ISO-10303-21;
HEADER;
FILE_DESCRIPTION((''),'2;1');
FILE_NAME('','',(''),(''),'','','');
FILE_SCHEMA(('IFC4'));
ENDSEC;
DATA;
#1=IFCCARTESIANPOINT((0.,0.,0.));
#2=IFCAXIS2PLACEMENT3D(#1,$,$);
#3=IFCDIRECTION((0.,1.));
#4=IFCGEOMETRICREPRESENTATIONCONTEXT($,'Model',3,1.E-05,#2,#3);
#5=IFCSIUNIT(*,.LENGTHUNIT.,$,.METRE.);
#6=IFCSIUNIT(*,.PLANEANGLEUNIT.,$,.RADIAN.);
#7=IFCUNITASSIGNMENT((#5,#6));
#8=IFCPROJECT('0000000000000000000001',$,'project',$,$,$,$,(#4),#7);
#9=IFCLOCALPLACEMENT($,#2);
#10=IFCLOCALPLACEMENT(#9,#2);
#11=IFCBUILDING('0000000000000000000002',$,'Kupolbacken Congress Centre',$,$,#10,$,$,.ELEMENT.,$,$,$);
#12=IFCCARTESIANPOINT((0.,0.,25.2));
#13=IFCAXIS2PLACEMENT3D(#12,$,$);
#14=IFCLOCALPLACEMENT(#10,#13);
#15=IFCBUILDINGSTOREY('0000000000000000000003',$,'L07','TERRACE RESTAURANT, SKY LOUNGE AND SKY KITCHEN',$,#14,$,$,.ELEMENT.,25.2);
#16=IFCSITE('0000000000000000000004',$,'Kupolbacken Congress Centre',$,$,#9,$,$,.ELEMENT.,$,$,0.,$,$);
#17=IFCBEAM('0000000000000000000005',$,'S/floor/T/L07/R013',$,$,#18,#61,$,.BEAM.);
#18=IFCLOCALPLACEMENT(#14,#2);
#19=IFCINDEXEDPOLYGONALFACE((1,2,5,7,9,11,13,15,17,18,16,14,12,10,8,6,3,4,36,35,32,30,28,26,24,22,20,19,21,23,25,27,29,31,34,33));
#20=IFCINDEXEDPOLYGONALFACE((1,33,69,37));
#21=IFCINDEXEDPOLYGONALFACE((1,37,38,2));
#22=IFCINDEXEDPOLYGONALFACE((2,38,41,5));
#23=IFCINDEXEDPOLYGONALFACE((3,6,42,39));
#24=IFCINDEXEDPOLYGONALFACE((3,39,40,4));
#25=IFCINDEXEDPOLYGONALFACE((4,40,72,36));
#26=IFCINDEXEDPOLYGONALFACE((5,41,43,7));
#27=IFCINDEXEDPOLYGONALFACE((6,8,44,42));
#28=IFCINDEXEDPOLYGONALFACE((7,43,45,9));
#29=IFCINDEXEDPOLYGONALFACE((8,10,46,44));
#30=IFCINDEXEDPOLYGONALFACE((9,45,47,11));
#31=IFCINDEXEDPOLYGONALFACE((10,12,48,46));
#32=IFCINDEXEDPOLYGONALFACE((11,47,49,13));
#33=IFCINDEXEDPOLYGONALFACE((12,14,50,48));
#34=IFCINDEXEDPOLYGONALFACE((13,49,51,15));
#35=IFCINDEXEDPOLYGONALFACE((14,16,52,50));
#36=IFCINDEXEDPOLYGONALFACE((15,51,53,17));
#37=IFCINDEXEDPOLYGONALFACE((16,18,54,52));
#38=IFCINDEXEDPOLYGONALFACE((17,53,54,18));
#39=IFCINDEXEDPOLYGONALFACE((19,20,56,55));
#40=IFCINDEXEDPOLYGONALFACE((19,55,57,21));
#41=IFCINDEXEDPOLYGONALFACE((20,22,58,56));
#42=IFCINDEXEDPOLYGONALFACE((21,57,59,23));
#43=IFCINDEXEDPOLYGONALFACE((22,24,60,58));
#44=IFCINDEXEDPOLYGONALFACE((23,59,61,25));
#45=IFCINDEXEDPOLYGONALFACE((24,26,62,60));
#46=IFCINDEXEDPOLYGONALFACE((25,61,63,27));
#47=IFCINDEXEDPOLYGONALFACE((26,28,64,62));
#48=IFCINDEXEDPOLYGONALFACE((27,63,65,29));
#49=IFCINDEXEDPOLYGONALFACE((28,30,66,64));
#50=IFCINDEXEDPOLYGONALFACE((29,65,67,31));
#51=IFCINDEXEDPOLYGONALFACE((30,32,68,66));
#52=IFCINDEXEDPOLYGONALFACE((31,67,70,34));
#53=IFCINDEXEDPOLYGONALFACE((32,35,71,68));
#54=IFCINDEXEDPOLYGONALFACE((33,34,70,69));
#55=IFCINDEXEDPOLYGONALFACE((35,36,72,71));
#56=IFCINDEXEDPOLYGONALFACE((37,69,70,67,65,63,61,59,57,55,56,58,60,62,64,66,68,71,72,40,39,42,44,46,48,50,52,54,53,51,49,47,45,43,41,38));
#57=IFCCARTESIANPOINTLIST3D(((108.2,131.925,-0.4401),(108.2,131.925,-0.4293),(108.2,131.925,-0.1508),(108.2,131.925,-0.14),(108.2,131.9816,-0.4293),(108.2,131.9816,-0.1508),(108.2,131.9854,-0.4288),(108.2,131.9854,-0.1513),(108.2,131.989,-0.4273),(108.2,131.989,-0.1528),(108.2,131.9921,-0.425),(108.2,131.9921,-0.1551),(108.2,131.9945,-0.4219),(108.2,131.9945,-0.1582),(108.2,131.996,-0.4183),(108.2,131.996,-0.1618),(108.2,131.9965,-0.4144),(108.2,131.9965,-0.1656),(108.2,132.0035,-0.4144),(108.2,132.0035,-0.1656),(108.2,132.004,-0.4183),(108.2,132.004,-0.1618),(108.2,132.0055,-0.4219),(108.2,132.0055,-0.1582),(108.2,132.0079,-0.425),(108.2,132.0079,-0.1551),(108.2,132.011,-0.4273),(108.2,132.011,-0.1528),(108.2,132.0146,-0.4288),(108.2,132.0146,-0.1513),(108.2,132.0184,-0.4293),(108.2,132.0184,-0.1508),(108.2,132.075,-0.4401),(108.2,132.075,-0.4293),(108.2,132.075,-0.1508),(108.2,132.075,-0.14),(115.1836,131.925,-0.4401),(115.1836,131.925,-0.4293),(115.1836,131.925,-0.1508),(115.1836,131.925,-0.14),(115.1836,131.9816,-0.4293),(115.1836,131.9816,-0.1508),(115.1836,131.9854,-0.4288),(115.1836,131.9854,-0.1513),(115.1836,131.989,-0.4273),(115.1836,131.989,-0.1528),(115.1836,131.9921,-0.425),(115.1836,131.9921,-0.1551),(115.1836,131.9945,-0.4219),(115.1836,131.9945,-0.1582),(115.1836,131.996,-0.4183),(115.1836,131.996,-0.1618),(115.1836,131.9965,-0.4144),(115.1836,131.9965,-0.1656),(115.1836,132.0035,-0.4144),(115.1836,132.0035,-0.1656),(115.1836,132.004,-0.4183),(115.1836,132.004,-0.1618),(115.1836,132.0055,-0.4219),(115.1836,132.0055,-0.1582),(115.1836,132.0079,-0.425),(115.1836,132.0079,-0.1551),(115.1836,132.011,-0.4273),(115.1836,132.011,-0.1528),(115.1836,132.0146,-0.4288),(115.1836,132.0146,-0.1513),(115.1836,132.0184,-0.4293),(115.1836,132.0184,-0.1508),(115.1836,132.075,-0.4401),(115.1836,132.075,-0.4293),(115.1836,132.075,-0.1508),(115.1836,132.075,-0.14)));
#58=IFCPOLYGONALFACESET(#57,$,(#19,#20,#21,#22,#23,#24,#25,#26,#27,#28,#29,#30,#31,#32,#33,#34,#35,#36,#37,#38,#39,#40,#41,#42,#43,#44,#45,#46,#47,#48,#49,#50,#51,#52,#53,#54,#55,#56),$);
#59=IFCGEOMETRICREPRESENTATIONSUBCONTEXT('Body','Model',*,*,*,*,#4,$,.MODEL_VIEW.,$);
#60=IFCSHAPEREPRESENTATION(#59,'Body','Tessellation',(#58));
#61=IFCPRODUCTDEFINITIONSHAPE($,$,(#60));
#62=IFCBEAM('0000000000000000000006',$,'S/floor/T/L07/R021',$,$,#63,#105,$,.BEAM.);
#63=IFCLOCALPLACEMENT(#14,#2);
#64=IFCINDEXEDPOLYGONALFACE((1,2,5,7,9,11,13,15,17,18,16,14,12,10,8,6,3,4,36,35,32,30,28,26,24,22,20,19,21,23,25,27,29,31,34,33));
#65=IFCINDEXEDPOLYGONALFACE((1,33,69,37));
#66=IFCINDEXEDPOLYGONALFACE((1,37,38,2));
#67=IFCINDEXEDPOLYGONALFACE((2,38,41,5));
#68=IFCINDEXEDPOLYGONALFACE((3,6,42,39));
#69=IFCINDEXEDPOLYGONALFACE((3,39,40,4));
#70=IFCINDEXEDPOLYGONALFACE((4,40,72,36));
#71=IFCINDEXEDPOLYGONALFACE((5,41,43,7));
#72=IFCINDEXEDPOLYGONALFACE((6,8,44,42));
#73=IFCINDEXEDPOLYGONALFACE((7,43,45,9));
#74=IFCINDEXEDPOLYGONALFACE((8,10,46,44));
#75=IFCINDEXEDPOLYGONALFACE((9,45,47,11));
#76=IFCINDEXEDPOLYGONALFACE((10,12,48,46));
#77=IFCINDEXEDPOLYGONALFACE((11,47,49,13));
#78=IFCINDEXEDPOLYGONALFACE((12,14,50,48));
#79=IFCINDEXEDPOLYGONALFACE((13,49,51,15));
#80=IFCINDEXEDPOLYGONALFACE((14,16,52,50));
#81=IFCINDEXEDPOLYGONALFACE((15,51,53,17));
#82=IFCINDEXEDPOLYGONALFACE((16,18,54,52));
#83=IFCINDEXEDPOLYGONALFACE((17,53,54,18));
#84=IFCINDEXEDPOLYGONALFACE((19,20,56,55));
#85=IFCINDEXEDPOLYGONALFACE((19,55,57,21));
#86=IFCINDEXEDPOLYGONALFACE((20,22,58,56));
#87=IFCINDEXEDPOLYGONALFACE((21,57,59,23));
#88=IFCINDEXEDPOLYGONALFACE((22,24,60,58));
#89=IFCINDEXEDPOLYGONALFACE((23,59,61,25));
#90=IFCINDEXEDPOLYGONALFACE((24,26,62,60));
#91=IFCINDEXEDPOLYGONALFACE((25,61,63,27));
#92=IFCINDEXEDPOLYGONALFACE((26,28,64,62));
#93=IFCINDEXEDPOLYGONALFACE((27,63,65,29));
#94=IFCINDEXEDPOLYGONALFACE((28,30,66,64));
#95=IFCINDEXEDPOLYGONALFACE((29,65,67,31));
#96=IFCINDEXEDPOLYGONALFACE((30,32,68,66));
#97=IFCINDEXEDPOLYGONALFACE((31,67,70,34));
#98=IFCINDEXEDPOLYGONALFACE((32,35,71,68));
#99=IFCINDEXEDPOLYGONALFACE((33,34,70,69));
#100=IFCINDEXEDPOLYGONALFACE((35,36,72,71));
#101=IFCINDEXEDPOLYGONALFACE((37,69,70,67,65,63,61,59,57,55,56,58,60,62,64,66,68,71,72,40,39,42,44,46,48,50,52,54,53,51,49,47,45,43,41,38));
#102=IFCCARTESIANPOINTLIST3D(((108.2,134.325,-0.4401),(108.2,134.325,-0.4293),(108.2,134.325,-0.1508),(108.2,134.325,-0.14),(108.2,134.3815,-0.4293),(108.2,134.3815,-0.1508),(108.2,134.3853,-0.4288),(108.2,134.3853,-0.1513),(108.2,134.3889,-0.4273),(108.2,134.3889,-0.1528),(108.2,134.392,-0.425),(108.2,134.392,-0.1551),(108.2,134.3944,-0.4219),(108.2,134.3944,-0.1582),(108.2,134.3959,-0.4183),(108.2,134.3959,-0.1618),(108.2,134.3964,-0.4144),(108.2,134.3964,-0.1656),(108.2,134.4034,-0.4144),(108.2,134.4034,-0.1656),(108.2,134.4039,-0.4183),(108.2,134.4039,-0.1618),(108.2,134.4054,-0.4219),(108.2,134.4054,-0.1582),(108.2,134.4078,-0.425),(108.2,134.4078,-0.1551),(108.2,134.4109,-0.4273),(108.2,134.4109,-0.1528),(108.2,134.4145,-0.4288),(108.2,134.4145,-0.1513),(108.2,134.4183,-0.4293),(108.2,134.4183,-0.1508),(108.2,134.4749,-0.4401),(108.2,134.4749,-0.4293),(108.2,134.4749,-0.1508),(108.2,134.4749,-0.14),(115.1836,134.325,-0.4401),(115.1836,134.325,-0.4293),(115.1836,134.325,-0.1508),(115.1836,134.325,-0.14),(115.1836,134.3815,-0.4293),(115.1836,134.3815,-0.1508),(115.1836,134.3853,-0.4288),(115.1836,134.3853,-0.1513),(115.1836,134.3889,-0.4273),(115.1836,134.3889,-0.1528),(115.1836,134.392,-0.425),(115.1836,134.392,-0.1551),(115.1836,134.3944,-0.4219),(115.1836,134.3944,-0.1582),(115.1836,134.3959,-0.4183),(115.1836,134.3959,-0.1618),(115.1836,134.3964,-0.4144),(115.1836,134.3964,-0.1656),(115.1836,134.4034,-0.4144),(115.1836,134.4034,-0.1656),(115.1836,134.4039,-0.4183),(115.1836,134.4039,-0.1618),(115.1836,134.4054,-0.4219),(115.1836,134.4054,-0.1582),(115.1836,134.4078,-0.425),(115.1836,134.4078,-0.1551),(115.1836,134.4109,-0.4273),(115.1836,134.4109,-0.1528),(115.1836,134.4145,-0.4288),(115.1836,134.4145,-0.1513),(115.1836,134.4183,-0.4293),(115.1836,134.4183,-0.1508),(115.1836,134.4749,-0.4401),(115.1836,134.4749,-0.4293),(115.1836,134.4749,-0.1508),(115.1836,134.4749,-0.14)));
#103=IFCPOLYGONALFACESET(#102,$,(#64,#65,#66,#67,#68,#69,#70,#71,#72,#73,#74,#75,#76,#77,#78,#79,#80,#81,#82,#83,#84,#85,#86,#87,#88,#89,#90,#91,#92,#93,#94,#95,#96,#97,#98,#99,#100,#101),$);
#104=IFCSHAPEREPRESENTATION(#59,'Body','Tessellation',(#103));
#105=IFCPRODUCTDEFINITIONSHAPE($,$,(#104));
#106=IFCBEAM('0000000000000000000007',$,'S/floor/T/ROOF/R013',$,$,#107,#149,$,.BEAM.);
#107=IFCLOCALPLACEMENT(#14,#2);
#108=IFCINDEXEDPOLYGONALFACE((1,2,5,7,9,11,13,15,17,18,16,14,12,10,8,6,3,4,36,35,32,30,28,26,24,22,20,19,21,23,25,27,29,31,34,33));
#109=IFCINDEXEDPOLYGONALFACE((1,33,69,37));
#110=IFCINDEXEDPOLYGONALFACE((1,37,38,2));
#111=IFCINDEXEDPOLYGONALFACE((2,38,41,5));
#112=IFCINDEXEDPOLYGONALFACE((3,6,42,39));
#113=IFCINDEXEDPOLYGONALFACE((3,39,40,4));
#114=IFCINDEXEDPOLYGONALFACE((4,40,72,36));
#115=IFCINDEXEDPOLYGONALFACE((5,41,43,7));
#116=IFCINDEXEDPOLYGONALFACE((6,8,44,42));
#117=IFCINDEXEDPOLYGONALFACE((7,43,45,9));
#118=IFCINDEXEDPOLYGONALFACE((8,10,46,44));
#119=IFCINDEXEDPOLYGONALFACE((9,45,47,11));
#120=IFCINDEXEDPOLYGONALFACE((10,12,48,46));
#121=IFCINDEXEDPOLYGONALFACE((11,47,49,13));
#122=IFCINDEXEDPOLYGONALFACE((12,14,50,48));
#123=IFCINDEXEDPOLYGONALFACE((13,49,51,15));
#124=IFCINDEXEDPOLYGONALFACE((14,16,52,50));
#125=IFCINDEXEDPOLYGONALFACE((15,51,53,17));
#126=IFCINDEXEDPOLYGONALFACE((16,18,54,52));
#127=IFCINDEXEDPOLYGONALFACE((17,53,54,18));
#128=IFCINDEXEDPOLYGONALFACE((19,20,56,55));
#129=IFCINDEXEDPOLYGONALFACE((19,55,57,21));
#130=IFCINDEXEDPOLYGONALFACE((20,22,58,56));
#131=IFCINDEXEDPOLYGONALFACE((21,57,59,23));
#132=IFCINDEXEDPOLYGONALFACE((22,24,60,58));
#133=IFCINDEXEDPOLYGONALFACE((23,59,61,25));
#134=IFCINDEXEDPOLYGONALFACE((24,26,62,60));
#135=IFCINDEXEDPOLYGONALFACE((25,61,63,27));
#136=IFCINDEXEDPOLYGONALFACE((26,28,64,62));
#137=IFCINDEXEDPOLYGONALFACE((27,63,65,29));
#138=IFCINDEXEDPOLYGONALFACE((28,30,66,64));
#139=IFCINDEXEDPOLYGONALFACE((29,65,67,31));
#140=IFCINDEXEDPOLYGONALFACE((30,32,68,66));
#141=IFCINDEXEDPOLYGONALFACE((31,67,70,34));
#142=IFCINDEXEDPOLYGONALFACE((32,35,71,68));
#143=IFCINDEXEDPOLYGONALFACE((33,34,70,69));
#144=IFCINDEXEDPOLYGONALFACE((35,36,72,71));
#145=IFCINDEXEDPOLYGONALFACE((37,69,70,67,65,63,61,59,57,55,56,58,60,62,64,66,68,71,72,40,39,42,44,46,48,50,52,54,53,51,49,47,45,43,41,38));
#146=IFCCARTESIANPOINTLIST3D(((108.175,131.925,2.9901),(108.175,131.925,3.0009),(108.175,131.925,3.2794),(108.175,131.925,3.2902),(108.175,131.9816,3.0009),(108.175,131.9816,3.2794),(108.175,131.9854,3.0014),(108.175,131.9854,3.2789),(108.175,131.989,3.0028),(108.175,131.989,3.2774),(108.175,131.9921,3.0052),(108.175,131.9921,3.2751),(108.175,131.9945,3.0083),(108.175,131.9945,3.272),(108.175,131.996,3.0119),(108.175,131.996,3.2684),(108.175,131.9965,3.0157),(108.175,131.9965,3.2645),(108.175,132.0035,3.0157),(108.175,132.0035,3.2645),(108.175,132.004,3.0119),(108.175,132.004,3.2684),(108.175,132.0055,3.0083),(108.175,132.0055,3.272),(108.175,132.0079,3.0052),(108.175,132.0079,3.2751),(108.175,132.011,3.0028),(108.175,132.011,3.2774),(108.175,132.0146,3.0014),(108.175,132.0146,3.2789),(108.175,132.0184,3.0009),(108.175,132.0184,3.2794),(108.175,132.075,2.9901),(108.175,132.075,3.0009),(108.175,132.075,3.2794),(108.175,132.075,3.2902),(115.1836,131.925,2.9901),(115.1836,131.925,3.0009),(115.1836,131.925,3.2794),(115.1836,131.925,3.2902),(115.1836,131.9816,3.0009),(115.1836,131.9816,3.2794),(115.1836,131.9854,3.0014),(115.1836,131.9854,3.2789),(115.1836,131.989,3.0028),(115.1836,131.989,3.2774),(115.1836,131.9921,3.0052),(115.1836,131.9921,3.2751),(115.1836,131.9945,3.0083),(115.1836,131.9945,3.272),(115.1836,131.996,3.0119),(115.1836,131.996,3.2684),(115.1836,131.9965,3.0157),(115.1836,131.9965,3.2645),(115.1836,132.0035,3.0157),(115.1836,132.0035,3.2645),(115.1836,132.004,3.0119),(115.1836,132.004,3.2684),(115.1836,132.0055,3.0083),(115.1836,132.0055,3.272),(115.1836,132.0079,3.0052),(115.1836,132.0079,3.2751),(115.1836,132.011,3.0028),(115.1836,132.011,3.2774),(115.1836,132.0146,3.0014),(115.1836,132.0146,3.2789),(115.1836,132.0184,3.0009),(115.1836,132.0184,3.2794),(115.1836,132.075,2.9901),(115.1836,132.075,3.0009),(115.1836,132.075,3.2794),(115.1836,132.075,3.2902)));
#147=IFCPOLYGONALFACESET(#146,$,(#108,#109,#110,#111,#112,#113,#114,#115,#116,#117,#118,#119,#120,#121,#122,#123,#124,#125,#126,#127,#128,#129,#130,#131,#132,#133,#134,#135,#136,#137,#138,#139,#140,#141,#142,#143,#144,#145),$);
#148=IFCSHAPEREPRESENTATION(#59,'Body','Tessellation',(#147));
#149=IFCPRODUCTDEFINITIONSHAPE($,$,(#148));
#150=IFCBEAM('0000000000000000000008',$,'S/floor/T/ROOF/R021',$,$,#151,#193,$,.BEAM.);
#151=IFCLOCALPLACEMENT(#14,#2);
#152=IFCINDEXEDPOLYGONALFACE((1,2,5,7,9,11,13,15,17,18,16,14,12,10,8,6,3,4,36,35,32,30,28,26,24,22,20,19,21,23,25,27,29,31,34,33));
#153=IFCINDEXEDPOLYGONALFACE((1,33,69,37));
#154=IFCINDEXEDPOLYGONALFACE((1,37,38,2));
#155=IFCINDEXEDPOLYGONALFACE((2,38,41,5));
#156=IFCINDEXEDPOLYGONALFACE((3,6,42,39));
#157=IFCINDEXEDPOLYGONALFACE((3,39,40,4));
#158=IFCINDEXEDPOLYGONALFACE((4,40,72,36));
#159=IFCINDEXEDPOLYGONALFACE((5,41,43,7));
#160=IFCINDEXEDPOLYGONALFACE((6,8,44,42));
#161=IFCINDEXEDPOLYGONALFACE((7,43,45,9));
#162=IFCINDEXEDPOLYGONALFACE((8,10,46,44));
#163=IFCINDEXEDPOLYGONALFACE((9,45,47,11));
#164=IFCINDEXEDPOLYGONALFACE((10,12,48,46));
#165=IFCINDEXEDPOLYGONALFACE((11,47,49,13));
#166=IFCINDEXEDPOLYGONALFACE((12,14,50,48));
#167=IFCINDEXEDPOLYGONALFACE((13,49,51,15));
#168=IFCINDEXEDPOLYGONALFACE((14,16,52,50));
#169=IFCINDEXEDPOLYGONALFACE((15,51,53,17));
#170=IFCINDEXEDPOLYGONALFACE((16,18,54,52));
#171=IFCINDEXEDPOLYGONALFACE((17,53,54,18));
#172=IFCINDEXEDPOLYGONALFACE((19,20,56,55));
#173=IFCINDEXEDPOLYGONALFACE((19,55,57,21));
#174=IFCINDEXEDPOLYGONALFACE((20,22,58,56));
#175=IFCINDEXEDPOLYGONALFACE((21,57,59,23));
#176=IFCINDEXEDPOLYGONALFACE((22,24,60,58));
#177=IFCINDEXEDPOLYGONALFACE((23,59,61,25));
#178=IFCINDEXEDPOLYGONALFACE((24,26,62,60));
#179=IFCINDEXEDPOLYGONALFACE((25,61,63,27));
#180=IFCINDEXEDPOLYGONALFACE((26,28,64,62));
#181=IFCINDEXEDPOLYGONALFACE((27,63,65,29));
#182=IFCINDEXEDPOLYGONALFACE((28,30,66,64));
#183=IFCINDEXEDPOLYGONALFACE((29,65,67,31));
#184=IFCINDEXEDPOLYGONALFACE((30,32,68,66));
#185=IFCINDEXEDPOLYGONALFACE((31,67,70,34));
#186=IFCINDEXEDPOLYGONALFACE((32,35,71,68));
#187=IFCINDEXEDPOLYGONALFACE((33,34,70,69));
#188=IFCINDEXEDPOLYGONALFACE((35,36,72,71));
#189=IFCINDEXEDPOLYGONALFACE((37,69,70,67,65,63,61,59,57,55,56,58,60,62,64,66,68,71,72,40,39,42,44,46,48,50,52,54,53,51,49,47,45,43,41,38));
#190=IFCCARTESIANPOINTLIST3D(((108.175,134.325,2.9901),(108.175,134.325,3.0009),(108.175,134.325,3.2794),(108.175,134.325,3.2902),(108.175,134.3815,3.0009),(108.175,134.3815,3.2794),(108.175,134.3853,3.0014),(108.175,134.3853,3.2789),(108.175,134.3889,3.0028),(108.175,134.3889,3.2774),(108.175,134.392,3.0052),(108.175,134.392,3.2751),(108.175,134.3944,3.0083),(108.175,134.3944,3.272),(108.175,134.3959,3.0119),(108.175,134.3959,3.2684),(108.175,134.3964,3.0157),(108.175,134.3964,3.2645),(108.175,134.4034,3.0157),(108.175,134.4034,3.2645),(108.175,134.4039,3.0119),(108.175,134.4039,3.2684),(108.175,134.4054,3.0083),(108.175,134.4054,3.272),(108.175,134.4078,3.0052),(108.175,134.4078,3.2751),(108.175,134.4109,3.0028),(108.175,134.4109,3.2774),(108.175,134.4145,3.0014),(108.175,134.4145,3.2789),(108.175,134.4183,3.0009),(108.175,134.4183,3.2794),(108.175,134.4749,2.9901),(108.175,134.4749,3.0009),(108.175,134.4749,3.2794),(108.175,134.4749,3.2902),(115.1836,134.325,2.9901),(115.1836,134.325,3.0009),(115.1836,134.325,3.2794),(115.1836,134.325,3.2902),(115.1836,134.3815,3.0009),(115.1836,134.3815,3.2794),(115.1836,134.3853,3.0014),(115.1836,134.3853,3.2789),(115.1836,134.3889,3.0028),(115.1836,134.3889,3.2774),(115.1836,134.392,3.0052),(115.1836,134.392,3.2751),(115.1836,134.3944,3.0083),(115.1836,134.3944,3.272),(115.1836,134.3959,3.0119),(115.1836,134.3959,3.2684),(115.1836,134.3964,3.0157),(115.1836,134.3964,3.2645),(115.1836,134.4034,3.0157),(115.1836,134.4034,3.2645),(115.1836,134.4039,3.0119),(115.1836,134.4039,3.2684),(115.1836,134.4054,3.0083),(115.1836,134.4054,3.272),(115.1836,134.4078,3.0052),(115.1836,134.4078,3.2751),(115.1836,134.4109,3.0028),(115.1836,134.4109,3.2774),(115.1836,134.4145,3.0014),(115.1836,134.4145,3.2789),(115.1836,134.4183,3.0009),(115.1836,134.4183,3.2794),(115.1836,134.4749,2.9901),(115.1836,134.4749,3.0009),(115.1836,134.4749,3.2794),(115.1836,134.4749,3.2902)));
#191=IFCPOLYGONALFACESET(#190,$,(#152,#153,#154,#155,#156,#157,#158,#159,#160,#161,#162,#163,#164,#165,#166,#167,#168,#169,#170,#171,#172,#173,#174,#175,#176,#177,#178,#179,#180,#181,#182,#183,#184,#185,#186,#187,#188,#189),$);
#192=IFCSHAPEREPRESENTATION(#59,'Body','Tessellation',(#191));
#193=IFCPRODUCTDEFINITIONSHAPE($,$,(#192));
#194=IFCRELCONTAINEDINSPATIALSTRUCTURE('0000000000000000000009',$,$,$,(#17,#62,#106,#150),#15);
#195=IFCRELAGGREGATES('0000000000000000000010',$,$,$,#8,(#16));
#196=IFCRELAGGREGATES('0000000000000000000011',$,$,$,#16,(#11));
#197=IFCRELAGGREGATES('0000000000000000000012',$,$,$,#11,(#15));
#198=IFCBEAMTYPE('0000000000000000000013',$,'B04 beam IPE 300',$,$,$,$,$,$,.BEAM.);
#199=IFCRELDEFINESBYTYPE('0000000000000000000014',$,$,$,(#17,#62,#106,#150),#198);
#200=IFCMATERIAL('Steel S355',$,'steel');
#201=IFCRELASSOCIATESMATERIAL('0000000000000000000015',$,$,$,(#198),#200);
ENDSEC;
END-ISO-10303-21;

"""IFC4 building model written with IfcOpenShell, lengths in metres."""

from ifc_helpers import new_model, si_unit, direction, frame, origin, origin_2d, place, context, subcontext, project, spatial, i_section, extrude, material, material_profile, profile_set, type_object, element, save


model = new_model("IFC4")

# Units and contexts
model_context = context("Model", 3, precision=1e-05, world=origin(), true_north=direction((0.0, 1.0)))
body_context = subcontext(model_context, "Body", "Model", "MODEL_VIEW")
ifc_project = project(units=[si_unit("LENGTHUNIT", "METRE"), si_unit("PLANEANGLEUNIT", "RADIAN")], contexts=[model_context])

# Site, building, storey
site_placement = place(None, origin())
site = spatial("IfcSite", under=ifc_project, at=site_placement, Name="Kupolbacken Congress Centre", CompositionType="ELEMENT", RefElevation=0.0)
building_placement = place(site_placement, origin())
building = spatial("IfcBuilding", under=site, at=building_placement, Name="Kupolbacken Congress Centre", CompositionType="ELEMENT")
storey_placement = place(building_placement, frame((0.0, 0.0, 25.2)))
storey = spatial("IfcBuildingStorey", under=building, at=storey_placement, Name="L07", Description="TERRACE RESTAURANT, SKY LOUNGE AND SKY KITCHEN", CompositionType="ELEMENT", Elevation=25.2)

# Beams
ifc_material_1 = material(Name="Steel S355", Category="steel")
ifc_material_profile = material_profile(ifc_material_1, i_section(OverallWidth=0.1499, OverallDepth=0.3, WebThickness=0.0071, FlangeThickness=0.0107, FilletRadius=0.0149, at=origin_2d()), Name="IPE 300")
ifc_profile_set = profile_set([ifc_material_profile], Name="Steel S355")
beam_type = type_object("IfcBeamType", Name="B04 beam IPE 300", PredefinedType="BEAM", material=ifc_profile_set)
for number, where, z_axis, x_axis, name in (
    (1, (108.2, 132.0, -0.29), (1.0, 0.0, 0.0), (0.0, 1.0, 0.0), "S/floor/T/L07/R013"),
    (2, (108.2, 134.3999, -0.29), (1.0, 0.0, 0.0), (0.0, 1.0, 0.0), "S/floor/T/L07/R021"),
):
    element("IfcBeam", number, at=place(storey_placement, frame(where, z_axis=z_axis, x_axis=x_axis)), inside=storey, type_object=beam_type, Name=name, PredefinedType="BEAM", context=body_context, shape_type="SweptSolid", body=[
        extrude(i_section(OverallWidth=0.1499, OverallDepth=0.3, WebThickness=0.0071, FlangeThickness=0.0107, FilletRadius=0.0149, at=origin_2d()), origin(), (0.0, 0.0, 1.0), 6.9836),
    ])
for number, where, z_axis, x_axis, name in (
    (3, (108.175, 132.0, 3.1401), (1.0, 0.0, 0.0), (0.0, 1.0, 0.0), "S/floor/T/ROOF/R013"),
    (4, (108.175, 134.3999, 3.1401), (1.0, 0.0, 0.0), (0.0, 1.0, 0.0), "S/floor/T/ROOF/R021"),
):
    element("IfcBeam", number, at=place(storey_placement, frame(where, z_axis=z_axis, x_axis=x_axis)), inside=storey, type_object=beam_type, Name=name, PredefinedType="BEAM", context=body_context, shape_type="SweptSolid", body=[
        extrude(i_section(OverallWidth=0.1499, OverallDepth=0.3, WebThickness=0.0071, FlangeThickness=0.0107, FilletRadius=0.0149, at=origin_2d()), origin(), (0.0, 0.0, 1.0), 7.0085),
    ])

save(model, "model.ifc")
